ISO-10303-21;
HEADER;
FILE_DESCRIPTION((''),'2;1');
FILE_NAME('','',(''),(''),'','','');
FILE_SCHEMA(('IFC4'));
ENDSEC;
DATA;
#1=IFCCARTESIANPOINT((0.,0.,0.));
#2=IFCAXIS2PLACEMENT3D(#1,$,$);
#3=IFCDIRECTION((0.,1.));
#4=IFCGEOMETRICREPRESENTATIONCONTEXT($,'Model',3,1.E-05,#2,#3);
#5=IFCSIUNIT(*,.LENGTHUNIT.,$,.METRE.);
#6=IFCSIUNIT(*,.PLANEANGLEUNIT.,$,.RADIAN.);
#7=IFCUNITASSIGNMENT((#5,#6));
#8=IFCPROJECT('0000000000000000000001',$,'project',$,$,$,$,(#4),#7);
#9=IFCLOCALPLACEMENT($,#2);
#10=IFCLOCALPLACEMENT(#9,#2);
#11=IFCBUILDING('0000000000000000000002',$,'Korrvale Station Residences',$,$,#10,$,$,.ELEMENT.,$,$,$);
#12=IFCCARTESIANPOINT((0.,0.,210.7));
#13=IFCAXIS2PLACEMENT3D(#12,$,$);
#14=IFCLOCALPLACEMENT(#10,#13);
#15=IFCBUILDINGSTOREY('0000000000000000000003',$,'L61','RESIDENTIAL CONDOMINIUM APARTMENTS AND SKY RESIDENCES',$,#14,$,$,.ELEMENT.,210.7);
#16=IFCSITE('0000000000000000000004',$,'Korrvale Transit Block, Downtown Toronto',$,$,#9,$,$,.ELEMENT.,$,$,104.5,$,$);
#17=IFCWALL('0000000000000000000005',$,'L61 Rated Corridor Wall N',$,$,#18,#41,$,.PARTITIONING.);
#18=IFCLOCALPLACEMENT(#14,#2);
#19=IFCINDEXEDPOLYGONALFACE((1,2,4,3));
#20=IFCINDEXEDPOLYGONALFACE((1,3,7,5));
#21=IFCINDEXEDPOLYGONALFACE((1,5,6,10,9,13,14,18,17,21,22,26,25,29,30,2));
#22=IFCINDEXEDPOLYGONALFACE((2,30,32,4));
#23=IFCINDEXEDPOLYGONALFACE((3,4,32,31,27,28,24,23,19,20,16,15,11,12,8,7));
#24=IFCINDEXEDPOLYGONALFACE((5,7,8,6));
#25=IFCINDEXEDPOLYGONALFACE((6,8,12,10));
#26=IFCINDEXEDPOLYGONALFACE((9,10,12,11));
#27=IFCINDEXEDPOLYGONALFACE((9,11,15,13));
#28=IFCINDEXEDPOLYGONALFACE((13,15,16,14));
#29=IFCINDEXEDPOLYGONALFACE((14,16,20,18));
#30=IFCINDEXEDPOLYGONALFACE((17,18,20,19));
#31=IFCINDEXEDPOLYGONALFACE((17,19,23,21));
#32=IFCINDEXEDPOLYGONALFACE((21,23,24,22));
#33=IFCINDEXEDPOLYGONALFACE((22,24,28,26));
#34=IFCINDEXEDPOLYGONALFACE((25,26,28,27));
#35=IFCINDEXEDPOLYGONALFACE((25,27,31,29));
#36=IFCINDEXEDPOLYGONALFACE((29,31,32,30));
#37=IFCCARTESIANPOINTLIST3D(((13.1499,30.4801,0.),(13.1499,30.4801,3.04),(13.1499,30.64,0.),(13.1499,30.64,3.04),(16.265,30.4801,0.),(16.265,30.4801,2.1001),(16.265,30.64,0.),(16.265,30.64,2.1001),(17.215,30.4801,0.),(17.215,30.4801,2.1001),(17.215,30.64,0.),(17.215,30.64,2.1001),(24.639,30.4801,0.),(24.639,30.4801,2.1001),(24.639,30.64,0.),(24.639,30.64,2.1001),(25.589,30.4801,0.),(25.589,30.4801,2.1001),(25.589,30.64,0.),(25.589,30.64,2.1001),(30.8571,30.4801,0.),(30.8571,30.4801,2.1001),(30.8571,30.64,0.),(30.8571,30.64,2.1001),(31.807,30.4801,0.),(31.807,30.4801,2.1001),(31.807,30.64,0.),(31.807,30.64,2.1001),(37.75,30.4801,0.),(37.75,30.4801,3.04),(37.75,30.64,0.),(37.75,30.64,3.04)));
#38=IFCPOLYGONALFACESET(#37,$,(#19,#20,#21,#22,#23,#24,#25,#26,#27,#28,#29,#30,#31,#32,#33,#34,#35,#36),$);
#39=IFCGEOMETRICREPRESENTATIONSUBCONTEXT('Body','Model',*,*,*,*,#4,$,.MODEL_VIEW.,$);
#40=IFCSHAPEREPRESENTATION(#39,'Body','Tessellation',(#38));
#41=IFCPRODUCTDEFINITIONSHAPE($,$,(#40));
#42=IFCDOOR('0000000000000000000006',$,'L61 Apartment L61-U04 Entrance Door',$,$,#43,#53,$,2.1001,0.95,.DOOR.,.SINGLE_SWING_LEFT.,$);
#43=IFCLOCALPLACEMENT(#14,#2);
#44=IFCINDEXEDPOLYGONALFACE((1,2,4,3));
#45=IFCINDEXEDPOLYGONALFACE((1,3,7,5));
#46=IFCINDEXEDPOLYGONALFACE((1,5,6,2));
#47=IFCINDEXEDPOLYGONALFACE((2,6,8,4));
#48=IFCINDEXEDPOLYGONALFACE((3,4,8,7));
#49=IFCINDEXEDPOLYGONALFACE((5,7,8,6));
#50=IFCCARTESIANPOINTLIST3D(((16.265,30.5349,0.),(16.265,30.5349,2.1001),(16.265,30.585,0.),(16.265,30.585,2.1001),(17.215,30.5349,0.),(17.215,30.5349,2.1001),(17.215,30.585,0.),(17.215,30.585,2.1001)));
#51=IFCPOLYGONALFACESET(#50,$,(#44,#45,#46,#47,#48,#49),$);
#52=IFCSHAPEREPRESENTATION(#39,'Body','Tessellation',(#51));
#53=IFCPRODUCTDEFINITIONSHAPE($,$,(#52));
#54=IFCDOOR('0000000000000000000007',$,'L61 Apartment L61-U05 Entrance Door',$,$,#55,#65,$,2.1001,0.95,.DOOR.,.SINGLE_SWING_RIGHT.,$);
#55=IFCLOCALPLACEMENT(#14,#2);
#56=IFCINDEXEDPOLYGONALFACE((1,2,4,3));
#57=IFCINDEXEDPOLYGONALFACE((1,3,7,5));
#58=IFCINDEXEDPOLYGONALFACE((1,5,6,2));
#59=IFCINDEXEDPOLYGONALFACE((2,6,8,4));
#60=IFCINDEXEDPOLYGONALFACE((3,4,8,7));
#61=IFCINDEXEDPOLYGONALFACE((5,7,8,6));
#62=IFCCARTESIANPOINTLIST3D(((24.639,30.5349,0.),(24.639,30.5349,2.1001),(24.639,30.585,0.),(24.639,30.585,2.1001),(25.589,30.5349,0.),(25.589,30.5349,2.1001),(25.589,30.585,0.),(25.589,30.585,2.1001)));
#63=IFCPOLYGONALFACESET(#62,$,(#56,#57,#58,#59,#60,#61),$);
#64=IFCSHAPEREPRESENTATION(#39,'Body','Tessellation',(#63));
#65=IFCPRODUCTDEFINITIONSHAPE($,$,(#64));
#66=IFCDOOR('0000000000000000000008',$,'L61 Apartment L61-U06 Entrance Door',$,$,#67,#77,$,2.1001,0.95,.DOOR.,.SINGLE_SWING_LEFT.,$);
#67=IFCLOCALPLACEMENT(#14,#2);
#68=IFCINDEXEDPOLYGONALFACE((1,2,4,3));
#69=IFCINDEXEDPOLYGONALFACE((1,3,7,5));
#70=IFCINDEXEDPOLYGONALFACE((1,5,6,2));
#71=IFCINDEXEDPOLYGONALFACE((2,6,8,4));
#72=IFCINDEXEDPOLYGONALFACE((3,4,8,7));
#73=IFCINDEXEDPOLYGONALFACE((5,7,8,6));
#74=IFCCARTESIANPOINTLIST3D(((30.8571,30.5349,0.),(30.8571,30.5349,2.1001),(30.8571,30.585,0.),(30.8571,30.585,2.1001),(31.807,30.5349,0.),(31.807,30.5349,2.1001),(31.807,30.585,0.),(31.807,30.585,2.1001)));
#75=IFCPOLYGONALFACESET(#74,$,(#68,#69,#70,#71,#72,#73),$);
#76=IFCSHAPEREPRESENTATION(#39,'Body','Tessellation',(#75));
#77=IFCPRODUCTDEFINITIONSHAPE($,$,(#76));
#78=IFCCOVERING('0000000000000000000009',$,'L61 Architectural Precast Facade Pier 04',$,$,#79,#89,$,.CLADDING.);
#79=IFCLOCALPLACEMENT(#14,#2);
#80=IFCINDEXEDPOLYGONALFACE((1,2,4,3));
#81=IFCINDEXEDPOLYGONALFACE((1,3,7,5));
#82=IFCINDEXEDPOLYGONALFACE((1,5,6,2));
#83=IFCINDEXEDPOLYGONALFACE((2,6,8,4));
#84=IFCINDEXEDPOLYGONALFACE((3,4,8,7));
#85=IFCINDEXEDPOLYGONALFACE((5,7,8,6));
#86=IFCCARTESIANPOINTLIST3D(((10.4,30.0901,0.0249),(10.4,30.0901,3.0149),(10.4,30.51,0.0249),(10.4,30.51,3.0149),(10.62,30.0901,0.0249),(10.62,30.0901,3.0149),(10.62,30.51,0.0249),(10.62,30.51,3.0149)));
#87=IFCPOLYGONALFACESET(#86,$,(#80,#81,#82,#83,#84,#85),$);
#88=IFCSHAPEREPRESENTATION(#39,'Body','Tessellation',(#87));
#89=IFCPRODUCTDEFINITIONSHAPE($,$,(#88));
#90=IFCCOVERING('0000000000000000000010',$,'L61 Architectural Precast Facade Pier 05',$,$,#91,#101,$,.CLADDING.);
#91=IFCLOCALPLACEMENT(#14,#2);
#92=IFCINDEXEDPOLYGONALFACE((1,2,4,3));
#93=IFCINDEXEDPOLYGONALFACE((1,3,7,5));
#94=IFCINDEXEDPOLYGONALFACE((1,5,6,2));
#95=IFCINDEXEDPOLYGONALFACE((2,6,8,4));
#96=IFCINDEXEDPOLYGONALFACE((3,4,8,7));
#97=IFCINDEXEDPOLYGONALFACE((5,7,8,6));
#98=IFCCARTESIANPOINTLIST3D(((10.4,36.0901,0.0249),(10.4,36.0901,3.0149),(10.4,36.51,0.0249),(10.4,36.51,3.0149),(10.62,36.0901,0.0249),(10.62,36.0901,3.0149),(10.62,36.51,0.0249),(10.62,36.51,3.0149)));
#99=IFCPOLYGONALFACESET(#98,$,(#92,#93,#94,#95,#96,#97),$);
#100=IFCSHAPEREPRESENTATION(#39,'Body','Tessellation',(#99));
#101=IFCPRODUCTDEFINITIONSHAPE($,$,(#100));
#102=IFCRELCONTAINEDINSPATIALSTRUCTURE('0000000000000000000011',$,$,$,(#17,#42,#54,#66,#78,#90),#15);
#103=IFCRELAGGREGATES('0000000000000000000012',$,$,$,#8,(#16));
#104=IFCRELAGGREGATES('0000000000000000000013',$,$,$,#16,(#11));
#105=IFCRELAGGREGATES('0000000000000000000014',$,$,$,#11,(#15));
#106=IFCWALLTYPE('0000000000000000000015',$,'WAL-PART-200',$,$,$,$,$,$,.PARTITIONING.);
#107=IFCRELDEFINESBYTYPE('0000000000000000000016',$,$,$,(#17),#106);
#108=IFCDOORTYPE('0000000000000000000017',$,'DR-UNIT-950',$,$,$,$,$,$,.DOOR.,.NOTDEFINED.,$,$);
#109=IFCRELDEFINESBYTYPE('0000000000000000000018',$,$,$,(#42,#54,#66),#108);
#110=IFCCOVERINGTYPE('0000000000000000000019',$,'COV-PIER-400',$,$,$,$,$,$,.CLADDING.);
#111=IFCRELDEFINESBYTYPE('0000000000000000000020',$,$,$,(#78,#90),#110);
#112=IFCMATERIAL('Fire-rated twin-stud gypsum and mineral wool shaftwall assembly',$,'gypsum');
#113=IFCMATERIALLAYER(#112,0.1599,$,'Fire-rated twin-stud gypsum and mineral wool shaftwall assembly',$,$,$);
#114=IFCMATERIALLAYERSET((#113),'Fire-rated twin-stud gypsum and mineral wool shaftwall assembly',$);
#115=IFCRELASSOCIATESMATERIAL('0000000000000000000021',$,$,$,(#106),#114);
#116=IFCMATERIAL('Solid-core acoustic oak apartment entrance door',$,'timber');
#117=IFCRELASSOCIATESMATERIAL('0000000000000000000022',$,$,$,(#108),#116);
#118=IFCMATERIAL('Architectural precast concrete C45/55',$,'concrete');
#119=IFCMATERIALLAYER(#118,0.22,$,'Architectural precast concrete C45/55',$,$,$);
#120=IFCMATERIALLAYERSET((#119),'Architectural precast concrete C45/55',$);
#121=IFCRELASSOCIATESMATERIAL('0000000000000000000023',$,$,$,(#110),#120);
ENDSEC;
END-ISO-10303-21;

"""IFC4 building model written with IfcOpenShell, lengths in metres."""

from ifc_helpers import new_model, si_unit, direction, frame, frame_2d, origin, origin_2d, place, context, subcontext, project, spatial, rectangle, extrude, material, layer, layer_set, type_object, element, fill, save


model = new_model("IFC4")

# Units and contexts
model_context = context("Model", 3, precision=1e-05, world=origin(), true_north=direction((0.0, 1.0)))
body_context = subcontext(model_context, "Body", "Model", "MODEL_VIEW")
ifc_project = project(units=[si_unit("LENGTHUNIT", "METRE"), si_unit("PLANEANGLEUNIT", "RADIAN")], contexts=[model_context])

# Site, building, storey
site_placement = place(None, origin())
site = spatial("IfcSite", under=ifc_project, at=site_placement, Name="Korrvale Transit Block, Downtown Toronto", CompositionType="ELEMENT", RefElevation=104.5)
building_placement = place(site_placement, origin())
building = spatial("IfcBuilding", under=site, at=building_placement, Name="Korrvale Station Residences", CompositionType="ELEMENT")
storey_placement = place(building_placement, frame((0.0, 0.0, 210.7)))
storey = spatial("IfcBuildingStorey", under=building, at=storey_placement, Name="L61", Description="RESIDENTIAL CONDOMINIUM APARTMENTS AND SKY RESIDENCES", CompositionType="ELEMENT", Elevation=210.7)

# Shared definitions
ifc_material_1 = material(Name="Fire-rated twin-stud gypsum and mineral wool shaftwall assembly", Category="gypsum")
ifc_layer_1 = layer(ifc_material_1, 0.1599, Name="Fire-rated twin-stud gypsum and mineral wool shaftwall assembly")
ifc_layer_set_1 = layer_set([ifc_layer_1], Name="Fire-rated twin-stud gypsum and mineral wool shaftwall assembly")
wall_type_1 = type_object("IfcWallType", Name="WAL-PART-200", PredefinedType="PARTITIONING", material=ifc_layer_set_1)

# Wall, openings, doors
wall_1_placement = place(storey_placement, frame((13.1499, 30.5601, 0.0), z_axis=(0.0, 0.0, 1.0), x_axis=(1.0, 0.0, 0.0)))
wall_1 = element("IfcWall", 1, at=wall_1_placement, inside=storey, type_object=wall_type_1, Name="L61 Rated Corridor Wall N", PredefinedType="PARTITIONING", context=body_context, shape_type="SweptSolid", body=[
    extrude(rectangle(XDim=24.6001, YDim=0.1599, at=frame_2d((12.3, 0.0))), origin(), (0.0, 0.0, 1.0), 3.04),
])
opening_1_placement = place(wall_1_placement, frame((3.115, 0.0, 0.0)))
opening_1 = element("IfcOpeningElement", 2, at=opening_1_placement, cuts=wall_1, PredefinedType="OPENING", context=body_context, shape_type="SweptSolid", body=[
    extrude(rectangle(XDim=0.95, YDim=2.1001, at=frame_2d((0.4751, 1.05))), frame((0.0, 0.0898, 0.0), z_axis=(0.0, -1.0, 0.0), x_axis=(1.0, 0.0, 0.0)), (0.0, 0.0, 1.0), 0.1799),
])
opening_2_placement = place(wall_1_placement, frame((11.489, 0.0, 0.0)))
opening_2 = element("IfcOpeningElement", 3, at=opening_2_placement, cuts=wall_1, PredefinedType="OPENING", context=body_context, shape_type="SweptSolid", body=[
    extrude(rectangle(XDim=0.95, YDim=2.1001, at=frame_2d((0.4751, 1.05))), frame((0.0, 0.0898, 0.0), z_axis=(0.0, -1.0, 0.0), x_axis=(1.0, 0.0, 0.0)), (0.0, 0.0, 1.0), 0.1799),
])
opening_3_placement = place(wall_1_placement, frame((17.707, 0.0, 0.0)))
opening_3 = element("IfcOpeningElement", 4, at=opening_3_placement, cuts=wall_1, PredefinedType="OPENING", context=body_context, shape_type="SweptSolid", body=[
    extrude(rectangle(XDim=0.95, YDim=2.1001, at=frame_2d((0.4751, 1.05))), frame((0.0, 0.0898, 0.0), z_axis=(0.0, -1.0, 0.0), x_axis=(1.0, 0.0, 0.0)), (0.0, 0.0, 1.0), 0.1799),
])
ifc_material_2 = material(Name="Solid-core acoustic oak apartment entrance door", Category="timber")
door_type = type_object("IfcDoorType", Name="DR-UNIT-950", OperationType="NOTDEFINED", PredefinedType="DOOR", material=ifc_material_2)
door_1_placement = place(opening_1_placement, origin())
door_1 = element("IfcDoor", 5, at=door_1_placement, inside=storey, type_object=door_type, Name="L61 Apartment L61-U04 Entrance Door", OperationType="SINGLE_SWING_LEFT", OverallHeight=2.1001, OverallWidth=0.95, PredefinedType="DOOR", context=body_context, shape_type="SweptSolid", body=[
    extrude(rectangle(XDim=0.95, YDim=2.1001, at=frame_2d((0.4751, 1.05))), frame((0.0, 0.0249, 0.0), z_axis=(0.0, -1.0, 0.0), x_axis=(1.0, 0.0, 0.0)), (0.0, 0.0, 1.0), 0.05),
])
fill(opening_1, door_1)
door_2_placement = place(opening_2_placement, origin())
door_2 = element("IfcDoor", 6, at=door_2_placement, inside=storey, type_object=door_type, Name="L61 Apartment L61-U05 Entrance Door", OperationType="SINGLE_SWING_RIGHT", OverallHeight=2.1001, OverallWidth=0.95, PredefinedType="DOOR", context=body_context, shape_type="SweptSolid", body=[
    extrude(rectangle(XDim=0.95, YDim=2.1001, at=frame_2d((0.4751, 1.05))), frame((0.0, 0.0249, 0.0), z_axis=(0.0, -1.0, 0.0), x_axis=(1.0, 0.0, 0.0)), (0.0, 0.0, 1.0), 0.05),
])
fill(opening_2, door_2)
door_3_placement = place(opening_3_placement, origin())
door_3 = element("IfcDoor", 7, at=door_3_placement, inside=storey, type_object=door_type, Name="L61 Apartment L61-U06 Entrance Door", OperationType="SINGLE_SWING_LEFT", OverallHeight=2.1001, OverallWidth=0.95, PredefinedType="DOOR", context=body_context, shape_type="SweptSolid", body=[
    extrude(rectangle(XDim=0.95, YDim=2.1001, at=frame_2d((0.4751, 1.05))), frame((0.0, 0.0249, 0.0), z_axis=(0.0, -1.0, 0.0), x_axis=(1.0, 0.0, 0.0)), (0.0, 0.0, 1.0), 0.05),
])
fill(opening_3, door_3)

# Coverings
ifc_material_3 = material(Name="Architectural precast concrete C45/55", Category="concrete")
ifc_layer_2 = layer(ifc_material_3, 0.22, Name="Architectural precast concrete C45/55")
ifc_layer_set_2 = layer_set([ifc_layer_2], Name="Architectural precast concrete C45/55")
covering_type = type_object("IfcCoveringType", Name="COV-PIER-400", PredefinedType="CLADDING", material=ifc_layer_set_2)
for number, where, z_axis, x_axis, name in (
    (8, (10.51, 30.3, 0.0249), (0.0, 0.0, 1.0), (0.0, 1.0, 0.0), "L61 Architectural Precast Facade Pier 04"),
    (9, (10.51, 36.3, 0.0249), (0.0, 0.0, 1.0), (0.0, 1.0, 0.0), "L61 Architectural Precast Facade Pier 05"),
):
    element("IfcCovering", number, at=place(storey_placement, frame(where, z_axis=z_axis, x_axis=x_axis)), inside=storey, type_object=covering_type, Name=name, PredefinedType="CLADDING", context=body_context, shape_type="SweptSolid", body=[
        extrude(rectangle(XDim=0.4199, YDim=0.22, at=origin_2d()), origin(), (0.0, 0.0, 1.0), 2.99),
    ])

save(model, "model.ifc")
